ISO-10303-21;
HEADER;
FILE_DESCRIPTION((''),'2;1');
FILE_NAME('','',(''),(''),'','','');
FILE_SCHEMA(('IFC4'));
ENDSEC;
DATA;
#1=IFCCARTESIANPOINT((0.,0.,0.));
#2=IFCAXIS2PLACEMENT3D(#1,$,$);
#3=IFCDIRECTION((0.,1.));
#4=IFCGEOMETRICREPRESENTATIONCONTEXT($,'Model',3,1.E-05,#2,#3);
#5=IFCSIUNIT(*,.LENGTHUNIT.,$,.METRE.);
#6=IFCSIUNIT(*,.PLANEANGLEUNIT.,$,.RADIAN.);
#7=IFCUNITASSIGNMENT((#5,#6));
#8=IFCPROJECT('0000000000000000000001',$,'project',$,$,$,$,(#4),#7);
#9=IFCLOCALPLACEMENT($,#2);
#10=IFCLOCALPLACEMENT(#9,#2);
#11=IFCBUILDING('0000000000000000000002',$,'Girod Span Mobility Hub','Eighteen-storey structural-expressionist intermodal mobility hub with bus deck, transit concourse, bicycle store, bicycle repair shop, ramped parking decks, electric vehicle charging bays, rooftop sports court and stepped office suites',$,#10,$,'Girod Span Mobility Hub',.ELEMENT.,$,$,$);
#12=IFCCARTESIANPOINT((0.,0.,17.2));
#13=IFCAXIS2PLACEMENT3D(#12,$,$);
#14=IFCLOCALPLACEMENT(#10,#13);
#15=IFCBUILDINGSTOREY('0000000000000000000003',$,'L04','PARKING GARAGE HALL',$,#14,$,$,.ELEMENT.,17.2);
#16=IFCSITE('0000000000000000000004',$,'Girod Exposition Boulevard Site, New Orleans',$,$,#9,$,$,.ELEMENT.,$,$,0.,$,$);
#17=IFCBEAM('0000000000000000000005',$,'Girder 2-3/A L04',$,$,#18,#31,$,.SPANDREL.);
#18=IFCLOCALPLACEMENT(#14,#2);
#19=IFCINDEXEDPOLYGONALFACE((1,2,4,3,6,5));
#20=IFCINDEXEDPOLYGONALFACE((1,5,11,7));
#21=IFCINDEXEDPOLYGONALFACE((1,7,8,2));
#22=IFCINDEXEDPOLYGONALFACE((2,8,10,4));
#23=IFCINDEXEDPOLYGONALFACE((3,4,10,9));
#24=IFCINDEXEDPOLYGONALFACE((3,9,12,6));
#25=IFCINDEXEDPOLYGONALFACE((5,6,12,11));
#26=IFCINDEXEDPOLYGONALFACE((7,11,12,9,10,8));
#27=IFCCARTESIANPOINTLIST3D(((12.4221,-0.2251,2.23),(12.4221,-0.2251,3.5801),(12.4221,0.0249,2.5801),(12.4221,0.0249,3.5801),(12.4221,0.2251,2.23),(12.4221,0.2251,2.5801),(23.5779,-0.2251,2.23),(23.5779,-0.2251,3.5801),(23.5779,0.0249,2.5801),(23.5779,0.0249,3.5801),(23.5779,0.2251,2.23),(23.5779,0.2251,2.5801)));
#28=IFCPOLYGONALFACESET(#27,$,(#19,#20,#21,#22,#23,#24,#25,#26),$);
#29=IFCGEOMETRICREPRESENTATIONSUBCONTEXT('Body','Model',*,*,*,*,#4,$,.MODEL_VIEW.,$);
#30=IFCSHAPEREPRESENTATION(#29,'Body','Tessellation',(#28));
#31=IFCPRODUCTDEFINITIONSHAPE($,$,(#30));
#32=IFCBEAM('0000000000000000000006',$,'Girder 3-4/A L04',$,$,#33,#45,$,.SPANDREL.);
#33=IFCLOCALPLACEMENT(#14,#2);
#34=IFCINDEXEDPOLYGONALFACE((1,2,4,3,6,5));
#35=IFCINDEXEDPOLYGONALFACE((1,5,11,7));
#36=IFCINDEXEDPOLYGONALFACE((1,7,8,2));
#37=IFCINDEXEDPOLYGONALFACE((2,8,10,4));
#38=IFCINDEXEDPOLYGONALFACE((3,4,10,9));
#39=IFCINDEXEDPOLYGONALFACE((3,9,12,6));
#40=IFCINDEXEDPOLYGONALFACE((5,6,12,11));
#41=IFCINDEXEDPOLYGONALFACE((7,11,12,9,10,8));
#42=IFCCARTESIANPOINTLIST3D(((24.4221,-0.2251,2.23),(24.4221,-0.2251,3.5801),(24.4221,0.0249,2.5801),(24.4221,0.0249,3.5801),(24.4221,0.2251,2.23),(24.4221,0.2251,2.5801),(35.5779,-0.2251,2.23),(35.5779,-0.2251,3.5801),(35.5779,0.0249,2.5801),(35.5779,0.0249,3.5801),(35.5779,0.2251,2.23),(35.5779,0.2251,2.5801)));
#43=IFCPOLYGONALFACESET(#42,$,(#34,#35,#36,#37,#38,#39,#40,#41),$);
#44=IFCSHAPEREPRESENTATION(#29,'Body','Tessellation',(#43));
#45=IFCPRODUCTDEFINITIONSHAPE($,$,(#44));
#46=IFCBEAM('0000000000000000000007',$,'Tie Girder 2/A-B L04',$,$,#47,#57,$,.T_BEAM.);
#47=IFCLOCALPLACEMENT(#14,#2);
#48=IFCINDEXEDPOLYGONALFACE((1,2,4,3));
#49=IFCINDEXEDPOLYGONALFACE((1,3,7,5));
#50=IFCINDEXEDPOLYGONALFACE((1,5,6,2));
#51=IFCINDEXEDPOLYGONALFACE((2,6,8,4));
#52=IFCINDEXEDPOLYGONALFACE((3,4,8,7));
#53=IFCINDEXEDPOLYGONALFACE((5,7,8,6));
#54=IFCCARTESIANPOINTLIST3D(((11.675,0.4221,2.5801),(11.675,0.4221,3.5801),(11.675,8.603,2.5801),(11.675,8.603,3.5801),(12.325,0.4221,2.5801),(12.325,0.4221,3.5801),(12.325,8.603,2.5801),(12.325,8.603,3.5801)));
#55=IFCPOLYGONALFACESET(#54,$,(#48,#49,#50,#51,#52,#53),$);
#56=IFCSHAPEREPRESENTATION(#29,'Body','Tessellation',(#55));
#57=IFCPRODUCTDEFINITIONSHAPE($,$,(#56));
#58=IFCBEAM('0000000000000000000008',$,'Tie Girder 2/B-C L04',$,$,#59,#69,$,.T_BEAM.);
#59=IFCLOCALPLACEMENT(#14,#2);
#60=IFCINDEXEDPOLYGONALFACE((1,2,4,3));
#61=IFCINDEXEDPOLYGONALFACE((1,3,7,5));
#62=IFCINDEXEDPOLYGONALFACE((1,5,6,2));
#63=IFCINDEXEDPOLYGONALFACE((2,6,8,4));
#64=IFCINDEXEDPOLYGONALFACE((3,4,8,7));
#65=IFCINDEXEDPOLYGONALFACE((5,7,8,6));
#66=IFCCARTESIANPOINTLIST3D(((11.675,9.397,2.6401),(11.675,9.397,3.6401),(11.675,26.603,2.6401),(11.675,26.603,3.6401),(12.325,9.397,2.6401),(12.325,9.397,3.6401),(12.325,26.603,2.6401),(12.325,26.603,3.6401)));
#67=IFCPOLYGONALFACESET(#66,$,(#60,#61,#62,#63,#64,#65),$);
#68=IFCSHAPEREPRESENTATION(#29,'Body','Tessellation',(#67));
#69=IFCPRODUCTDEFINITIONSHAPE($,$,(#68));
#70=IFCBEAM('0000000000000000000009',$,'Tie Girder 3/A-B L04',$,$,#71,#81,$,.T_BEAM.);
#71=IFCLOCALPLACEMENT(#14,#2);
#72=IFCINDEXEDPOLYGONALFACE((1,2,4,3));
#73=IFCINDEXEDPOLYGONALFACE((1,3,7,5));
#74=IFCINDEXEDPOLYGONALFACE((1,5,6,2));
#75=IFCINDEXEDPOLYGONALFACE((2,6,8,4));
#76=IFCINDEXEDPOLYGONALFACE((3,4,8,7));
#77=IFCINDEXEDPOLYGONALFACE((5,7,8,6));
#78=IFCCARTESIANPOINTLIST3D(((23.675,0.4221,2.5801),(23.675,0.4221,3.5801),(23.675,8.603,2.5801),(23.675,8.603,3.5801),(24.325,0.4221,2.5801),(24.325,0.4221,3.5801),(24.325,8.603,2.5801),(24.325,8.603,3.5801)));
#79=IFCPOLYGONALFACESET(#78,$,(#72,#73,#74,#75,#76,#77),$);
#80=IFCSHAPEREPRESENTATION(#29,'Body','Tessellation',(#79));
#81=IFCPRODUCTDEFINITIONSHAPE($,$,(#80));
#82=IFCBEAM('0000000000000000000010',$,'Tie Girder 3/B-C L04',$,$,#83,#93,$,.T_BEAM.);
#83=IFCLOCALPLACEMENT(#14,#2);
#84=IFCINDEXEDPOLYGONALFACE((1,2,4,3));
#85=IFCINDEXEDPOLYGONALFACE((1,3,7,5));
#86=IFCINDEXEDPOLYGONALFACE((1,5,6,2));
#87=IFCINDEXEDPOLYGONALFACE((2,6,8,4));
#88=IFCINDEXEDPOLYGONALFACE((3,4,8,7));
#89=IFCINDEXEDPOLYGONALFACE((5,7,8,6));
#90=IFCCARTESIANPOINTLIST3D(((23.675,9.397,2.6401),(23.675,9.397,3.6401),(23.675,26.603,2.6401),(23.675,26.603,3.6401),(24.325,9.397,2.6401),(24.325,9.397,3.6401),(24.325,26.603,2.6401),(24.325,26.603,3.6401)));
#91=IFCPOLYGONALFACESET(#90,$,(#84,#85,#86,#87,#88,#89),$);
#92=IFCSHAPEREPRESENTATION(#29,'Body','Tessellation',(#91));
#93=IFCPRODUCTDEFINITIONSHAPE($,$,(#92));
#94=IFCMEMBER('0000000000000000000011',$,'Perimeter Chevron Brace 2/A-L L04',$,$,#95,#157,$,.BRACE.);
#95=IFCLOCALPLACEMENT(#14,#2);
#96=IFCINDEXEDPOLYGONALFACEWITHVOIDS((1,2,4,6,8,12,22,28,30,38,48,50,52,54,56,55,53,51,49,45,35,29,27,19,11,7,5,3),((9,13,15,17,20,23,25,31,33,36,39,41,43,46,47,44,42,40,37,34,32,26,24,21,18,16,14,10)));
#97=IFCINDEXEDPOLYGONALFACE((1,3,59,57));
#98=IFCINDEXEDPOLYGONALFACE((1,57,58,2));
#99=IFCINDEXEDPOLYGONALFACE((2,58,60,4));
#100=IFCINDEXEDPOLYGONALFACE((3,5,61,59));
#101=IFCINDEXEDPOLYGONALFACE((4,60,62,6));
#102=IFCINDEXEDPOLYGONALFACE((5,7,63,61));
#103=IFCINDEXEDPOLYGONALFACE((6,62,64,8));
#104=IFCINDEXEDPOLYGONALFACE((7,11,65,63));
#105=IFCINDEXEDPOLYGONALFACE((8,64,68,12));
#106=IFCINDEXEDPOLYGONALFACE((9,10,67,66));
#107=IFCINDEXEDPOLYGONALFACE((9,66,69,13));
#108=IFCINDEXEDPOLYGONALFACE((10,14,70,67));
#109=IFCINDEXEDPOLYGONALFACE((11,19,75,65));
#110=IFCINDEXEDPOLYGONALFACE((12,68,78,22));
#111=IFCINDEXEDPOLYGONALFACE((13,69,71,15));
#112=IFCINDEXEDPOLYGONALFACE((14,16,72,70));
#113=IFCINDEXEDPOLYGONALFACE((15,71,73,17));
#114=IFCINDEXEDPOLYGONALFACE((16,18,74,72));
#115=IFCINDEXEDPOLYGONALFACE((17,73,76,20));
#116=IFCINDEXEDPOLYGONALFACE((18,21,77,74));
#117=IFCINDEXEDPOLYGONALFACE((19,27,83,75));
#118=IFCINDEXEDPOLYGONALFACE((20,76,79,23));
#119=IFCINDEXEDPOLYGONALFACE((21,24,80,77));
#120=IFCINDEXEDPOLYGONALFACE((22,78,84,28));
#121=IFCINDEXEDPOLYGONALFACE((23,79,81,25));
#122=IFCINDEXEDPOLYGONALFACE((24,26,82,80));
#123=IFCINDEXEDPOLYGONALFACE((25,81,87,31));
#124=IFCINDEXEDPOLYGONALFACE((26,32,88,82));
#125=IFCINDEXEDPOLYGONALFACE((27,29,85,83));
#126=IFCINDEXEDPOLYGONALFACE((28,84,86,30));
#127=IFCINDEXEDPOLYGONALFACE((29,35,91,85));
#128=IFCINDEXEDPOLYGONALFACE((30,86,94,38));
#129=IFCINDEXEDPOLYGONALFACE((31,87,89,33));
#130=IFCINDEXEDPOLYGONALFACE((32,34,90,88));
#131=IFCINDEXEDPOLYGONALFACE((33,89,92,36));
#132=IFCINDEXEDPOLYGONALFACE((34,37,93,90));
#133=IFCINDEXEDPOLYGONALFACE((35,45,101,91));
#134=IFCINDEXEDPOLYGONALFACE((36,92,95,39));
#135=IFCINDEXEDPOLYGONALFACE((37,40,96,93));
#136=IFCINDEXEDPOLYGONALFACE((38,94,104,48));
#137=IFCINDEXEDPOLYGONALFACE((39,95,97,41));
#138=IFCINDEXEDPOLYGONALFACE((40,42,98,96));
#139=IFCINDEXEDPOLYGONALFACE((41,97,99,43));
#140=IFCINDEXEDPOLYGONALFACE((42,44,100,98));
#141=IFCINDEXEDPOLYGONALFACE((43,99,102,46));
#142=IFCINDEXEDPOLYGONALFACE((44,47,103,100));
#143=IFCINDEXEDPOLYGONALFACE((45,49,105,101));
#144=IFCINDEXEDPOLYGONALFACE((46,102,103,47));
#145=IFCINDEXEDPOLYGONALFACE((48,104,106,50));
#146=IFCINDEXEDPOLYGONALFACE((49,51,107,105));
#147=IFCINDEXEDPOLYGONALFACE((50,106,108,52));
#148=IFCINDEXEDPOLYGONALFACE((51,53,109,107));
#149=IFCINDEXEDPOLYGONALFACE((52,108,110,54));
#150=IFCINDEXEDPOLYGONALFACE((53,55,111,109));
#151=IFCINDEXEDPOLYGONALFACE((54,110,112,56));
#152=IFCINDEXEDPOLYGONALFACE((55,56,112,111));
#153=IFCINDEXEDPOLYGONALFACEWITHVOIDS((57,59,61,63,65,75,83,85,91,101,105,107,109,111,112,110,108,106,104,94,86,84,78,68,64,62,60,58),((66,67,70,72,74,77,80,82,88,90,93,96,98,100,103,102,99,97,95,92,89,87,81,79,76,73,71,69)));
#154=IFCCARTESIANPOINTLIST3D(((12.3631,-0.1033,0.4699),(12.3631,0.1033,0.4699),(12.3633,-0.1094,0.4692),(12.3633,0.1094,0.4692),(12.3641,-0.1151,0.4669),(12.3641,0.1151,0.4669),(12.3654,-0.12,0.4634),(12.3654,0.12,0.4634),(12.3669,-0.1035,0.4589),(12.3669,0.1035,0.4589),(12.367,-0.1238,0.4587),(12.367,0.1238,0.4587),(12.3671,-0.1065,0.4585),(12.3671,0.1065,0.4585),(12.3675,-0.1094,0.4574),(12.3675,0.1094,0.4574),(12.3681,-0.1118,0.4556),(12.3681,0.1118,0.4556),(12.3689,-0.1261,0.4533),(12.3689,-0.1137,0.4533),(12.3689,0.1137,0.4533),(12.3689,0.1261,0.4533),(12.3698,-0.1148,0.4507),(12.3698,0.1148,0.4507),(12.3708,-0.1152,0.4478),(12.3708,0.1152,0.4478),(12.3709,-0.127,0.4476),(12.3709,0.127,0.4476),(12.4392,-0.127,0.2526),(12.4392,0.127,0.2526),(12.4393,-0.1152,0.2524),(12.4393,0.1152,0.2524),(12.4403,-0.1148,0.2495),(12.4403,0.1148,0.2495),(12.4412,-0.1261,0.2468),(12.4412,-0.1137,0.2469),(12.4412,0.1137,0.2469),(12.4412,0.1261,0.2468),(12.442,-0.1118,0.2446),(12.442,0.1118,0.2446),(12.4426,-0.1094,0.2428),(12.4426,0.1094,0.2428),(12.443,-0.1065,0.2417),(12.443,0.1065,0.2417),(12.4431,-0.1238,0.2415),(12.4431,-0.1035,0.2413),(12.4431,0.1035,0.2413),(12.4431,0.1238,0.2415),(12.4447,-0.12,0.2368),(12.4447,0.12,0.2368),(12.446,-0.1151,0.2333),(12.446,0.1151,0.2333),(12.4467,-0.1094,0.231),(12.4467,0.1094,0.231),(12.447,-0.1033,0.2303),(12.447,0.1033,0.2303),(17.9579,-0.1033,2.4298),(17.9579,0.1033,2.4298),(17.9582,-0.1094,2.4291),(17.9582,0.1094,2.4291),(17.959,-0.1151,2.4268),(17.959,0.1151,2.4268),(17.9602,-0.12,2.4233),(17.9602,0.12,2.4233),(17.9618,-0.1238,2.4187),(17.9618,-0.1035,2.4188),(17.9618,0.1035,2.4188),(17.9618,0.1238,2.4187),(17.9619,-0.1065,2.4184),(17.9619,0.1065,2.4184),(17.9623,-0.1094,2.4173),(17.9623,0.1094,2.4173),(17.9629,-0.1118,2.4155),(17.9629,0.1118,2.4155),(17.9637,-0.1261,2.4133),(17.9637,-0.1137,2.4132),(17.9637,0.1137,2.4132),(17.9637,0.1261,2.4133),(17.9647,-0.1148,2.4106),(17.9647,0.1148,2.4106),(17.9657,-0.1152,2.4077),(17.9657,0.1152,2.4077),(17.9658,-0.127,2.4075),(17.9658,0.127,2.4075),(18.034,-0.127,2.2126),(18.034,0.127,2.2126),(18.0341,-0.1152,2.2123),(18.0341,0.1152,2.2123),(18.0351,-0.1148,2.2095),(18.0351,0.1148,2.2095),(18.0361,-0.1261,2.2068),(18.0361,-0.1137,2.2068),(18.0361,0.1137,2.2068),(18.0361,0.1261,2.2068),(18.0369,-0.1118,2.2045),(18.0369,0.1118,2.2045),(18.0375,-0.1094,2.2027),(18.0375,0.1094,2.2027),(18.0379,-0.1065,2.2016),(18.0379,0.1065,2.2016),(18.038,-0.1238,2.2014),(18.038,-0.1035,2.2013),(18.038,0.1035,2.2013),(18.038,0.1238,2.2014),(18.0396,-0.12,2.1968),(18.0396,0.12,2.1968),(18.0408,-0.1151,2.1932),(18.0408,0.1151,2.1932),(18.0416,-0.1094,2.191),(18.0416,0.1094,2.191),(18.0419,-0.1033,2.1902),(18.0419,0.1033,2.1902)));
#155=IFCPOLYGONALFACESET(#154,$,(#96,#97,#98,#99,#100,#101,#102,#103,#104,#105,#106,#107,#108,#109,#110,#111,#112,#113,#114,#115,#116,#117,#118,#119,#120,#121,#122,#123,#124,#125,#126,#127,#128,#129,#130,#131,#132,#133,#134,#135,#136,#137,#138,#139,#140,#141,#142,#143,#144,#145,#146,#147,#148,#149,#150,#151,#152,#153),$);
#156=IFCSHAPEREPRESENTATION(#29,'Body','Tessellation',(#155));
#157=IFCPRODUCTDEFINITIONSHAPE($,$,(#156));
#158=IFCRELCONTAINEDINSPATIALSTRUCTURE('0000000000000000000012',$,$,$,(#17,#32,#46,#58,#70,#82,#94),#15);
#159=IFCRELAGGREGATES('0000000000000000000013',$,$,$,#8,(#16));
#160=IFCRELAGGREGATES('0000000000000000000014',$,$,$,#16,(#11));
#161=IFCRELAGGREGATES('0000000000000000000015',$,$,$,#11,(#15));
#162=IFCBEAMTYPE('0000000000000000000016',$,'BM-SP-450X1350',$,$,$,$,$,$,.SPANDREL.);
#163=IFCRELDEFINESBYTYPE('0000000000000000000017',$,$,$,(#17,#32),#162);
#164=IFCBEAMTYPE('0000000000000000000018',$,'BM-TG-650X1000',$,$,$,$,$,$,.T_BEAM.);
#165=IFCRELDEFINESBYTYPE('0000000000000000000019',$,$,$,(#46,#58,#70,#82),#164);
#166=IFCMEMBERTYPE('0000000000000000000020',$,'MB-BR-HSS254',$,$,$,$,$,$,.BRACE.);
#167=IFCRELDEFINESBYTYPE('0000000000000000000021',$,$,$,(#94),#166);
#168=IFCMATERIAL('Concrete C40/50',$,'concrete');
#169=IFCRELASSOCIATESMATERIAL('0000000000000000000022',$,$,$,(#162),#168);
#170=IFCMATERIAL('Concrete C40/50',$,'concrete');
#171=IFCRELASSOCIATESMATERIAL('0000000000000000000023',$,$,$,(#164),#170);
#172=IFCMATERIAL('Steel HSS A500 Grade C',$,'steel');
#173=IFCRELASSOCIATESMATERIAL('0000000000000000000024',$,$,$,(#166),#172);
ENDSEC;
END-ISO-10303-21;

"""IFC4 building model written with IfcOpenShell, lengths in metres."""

from ifc_helpers import new_model, si_unit, direction, frame, origin, origin_2d, place, context, subcontext, project, spatial, polyline, rectangle, hollow_rectangle, outline, extrude, material, material_profile, profile_set, type_object, element, save


model = new_model("IFC4")

# Units and contexts
model_context = context("Model", 3, precision=1e-05, world=origin(), true_north=direction((0.0, 1.0)))
body_context = subcontext(model_context, "Body", "Model", "MODEL_VIEW")
ifc_project = project(units=[si_unit("LENGTHUNIT", "METRE"), si_unit("PLANEANGLEUNIT", "RADIAN")], contexts=[model_context])

# Site, building, storey
site_placement = place(None, origin())
site = spatial("IfcSite", under=ifc_project, at=site_placement, Name="Girod Exposition Boulevard Site, New Orleans", CompositionType="ELEMENT", RefElevation=0.0)
building_placement = place(site_placement, origin())
building = spatial("IfcBuilding", under=site, at=building_placement, Name="Girod Span Mobility Hub", Description="Eighteen-storey structural-expressionist intermodal mobility hub with bus deck, transit concourse, bicycle store, bicycle repair shop, ramped parking decks, electric vehicle charging bays, rooftop sports court and stepped office suites", LongName="Girod Span Mobility Hub", CompositionType="ELEMENT")
storey_placement = place(building_placement, frame((0.0, 0.0, 17.2)))
storey = spatial("IfcBuildingStorey", under=building, at=storey_placement, Name="L04", Description="PARKING GARAGE HALL", CompositionType="ELEMENT", Elevation=17.2)

# Beams
ifc_material_1 = material(Name="Concrete C40/50", Category="concrete")
ifc_material_profile_1 = material_profile(ifc_material_1, outline(polyline([(-0.2251, -0.675), (0.2251, -0.675), (0.2251, -0.325), (0.0249, -0.325), (0.0249, 0.675), (-0.2251, 0.675), (-0.2251, -0.675)])), Name="SP-450X1350")
ifc_profile_set_1 = profile_set([ifc_material_profile_1], Name="Concrete C40/50")
beam_type_1 = type_object("IfcBeamType", Name="BM-SP-450X1350", PredefinedType="SPANDREL", material=ifc_profile_set_1)
for number, where, z_axis, x_axis, name in (
    (1, (12.4221, 0.0, 2.905), (1.0, 0.0, 0.0), (0.0, 1.0, 0.0), "Girder 2-3/A L04"),
    (2, (24.4221, 0.0, 2.905), (1.0, 0.0, 0.0), (0.0, 1.0, 0.0), "Girder 3-4/A L04"),
):
    element("IfcBeam", number, at=place(storey_placement, frame(where, z_axis=z_axis, x_axis=x_axis)), inside=storey, type_object=beam_type_1, Name=name, PredefinedType="SPANDREL", context=body_context, shape_type="SweptSolid", body=[
        extrude(outline(polyline([(-0.2251, -0.675), (0.2251, -0.675), (0.2251, -0.325), (0.0249, -0.325), (0.0249, 0.675), (-0.2251, 0.675), (-0.2251, -0.675)])), origin(), (0.0, 0.0, 1.0), 11.1558),
    ])
ifc_material_2 = material(Name="Concrete C40/50", Category="concrete")
ifc_material_profile_2 = material_profile(ifc_material_2, rectangle(XDim=0.6499, YDim=1.0, at=origin_2d()), Name="TG-650X1000")
ifc_profile_set_2 = profile_set([ifc_material_profile_2], Name="Concrete C40/50")
beam_type_2 = type_object("IfcBeamType", Name="BM-TG-650X1000", PredefinedType="T_BEAM", material=ifc_profile_set_2)
beam_1_placement = place(storey_placement, frame((12.0, 0.4221, 3.0801), z_axis=(0.0, 1.0, 0.0), x_axis=(-1.0, 0.0, 0.0)))
element("IfcBeam", 3, at=beam_1_placement, inside=storey, type_object=beam_type_2, Name="Tie Girder 2/A-B L04", PredefinedType="T_BEAM", context=body_context, shape_type="SweptSolid", body=[
    extrude(rectangle(XDim=0.6499, YDim=1.0, at=origin_2d()), origin(), (0.0, 0.0, 1.0), 8.1809),
])
beam_2_placement = place(storey_placement, frame((12.0, 9.397, 3.1401), z_axis=(0.0, 1.0, 0.0), x_axis=(-1.0, 0.0, 0.0)))
element("IfcBeam", 4, at=beam_2_placement, inside=storey, type_object=beam_type_2, Name="Tie Girder 2/B-C L04", PredefinedType="T_BEAM", context=body_context, shape_type="SweptSolid", body=[
    extrude(rectangle(XDim=0.6499, YDim=1.0, at=origin_2d()), origin(), (0.0, 0.0, 1.0), 17.2061),
])
beam_3_placement = place(storey_placement, frame((24.0, 0.4221, 3.0801), z_axis=(0.0, 1.0, 0.0), x_axis=(-1.0, 0.0, 0.0)))
element("IfcBeam", 5, at=beam_3_placement, inside=storey, type_object=beam_type_2, Name="Tie Girder 3/A-B L04", PredefinedType="T_BEAM", context=body_context, shape_type="SweptSolid", body=[
    extrude(rectangle(XDim=0.6499, YDim=1.0, at=origin_2d()), origin(), (0.0, 0.0, 1.0), 8.1809),
])
beam_4_placement = place(storey_placement, frame((24.0, 9.397, 3.1401), z_axis=(0.0, 1.0, 0.0), x_axis=(-1.0, 0.0, 0.0)))
element("IfcBeam", 6, at=beam_4_placement, inside=storey, type_object=beam_type_2, Name="Tie Girder 3/B-C L04", PredefinedType="T_BEAM", context=body_context, shape_type="SweptSolid", body=[
    extrude(rectangle(XDim=0.6499, YDim=1.0, at=origin_2d()), origin(), (0.0, 0.0, 1.0), 17.2061),
])

# Member
ifc_material_3 = material(Name="Steel HSS A500 Grade C", Category="steel")
ifc_material_profile_3 = material_profile(ifc_material_3, hollow_rectangle(XDim=0.2539, YDim=0.2539, WallThickness=0.0117, InnerFilletRadius=0.0117, OuterFilletRadius=0.0237, at=origin_2d()), Name="HSS254X254X12.7")
ifc_profile_set_3 = profile_set([ifc_material_profile_3], Name="Steel HSS A500 Grade C")
member_type = type_object("IfcMemberType", Name="MB-BR-HSS254", PredefinedType="BRACE", material=ifc_profile_set_3)
for number, where, z_axis, x_axis, name in (
    (7, (12.405, 0.0, 0.3501), (0.943768, 0.0, 0.330609), (0.0, 1.0, 0.0), "Perimeter Chevron Brace 2/A-L L04"),
):
    element("IfcMember", number, at=place(storey_placement, frame(where, z_axis=z_axis, x_axis=x_axis)), inside=storey, type_object=member_type, Name=name, PredefinedType="BRACE", context=body_context, shape_type="SweptSolid", body=[
        extrude(hollow_rectangle(XDim=0.2539, YDim=0.2539, WallThickness=0.0117, InnerFilletRadius=0.0117, OuterFilletRadius=0.0237, at=origin_2d()), origin(), (0.0, 0.0, 1.0), 5.9282),
    ])

save(model, "model.ifc")
